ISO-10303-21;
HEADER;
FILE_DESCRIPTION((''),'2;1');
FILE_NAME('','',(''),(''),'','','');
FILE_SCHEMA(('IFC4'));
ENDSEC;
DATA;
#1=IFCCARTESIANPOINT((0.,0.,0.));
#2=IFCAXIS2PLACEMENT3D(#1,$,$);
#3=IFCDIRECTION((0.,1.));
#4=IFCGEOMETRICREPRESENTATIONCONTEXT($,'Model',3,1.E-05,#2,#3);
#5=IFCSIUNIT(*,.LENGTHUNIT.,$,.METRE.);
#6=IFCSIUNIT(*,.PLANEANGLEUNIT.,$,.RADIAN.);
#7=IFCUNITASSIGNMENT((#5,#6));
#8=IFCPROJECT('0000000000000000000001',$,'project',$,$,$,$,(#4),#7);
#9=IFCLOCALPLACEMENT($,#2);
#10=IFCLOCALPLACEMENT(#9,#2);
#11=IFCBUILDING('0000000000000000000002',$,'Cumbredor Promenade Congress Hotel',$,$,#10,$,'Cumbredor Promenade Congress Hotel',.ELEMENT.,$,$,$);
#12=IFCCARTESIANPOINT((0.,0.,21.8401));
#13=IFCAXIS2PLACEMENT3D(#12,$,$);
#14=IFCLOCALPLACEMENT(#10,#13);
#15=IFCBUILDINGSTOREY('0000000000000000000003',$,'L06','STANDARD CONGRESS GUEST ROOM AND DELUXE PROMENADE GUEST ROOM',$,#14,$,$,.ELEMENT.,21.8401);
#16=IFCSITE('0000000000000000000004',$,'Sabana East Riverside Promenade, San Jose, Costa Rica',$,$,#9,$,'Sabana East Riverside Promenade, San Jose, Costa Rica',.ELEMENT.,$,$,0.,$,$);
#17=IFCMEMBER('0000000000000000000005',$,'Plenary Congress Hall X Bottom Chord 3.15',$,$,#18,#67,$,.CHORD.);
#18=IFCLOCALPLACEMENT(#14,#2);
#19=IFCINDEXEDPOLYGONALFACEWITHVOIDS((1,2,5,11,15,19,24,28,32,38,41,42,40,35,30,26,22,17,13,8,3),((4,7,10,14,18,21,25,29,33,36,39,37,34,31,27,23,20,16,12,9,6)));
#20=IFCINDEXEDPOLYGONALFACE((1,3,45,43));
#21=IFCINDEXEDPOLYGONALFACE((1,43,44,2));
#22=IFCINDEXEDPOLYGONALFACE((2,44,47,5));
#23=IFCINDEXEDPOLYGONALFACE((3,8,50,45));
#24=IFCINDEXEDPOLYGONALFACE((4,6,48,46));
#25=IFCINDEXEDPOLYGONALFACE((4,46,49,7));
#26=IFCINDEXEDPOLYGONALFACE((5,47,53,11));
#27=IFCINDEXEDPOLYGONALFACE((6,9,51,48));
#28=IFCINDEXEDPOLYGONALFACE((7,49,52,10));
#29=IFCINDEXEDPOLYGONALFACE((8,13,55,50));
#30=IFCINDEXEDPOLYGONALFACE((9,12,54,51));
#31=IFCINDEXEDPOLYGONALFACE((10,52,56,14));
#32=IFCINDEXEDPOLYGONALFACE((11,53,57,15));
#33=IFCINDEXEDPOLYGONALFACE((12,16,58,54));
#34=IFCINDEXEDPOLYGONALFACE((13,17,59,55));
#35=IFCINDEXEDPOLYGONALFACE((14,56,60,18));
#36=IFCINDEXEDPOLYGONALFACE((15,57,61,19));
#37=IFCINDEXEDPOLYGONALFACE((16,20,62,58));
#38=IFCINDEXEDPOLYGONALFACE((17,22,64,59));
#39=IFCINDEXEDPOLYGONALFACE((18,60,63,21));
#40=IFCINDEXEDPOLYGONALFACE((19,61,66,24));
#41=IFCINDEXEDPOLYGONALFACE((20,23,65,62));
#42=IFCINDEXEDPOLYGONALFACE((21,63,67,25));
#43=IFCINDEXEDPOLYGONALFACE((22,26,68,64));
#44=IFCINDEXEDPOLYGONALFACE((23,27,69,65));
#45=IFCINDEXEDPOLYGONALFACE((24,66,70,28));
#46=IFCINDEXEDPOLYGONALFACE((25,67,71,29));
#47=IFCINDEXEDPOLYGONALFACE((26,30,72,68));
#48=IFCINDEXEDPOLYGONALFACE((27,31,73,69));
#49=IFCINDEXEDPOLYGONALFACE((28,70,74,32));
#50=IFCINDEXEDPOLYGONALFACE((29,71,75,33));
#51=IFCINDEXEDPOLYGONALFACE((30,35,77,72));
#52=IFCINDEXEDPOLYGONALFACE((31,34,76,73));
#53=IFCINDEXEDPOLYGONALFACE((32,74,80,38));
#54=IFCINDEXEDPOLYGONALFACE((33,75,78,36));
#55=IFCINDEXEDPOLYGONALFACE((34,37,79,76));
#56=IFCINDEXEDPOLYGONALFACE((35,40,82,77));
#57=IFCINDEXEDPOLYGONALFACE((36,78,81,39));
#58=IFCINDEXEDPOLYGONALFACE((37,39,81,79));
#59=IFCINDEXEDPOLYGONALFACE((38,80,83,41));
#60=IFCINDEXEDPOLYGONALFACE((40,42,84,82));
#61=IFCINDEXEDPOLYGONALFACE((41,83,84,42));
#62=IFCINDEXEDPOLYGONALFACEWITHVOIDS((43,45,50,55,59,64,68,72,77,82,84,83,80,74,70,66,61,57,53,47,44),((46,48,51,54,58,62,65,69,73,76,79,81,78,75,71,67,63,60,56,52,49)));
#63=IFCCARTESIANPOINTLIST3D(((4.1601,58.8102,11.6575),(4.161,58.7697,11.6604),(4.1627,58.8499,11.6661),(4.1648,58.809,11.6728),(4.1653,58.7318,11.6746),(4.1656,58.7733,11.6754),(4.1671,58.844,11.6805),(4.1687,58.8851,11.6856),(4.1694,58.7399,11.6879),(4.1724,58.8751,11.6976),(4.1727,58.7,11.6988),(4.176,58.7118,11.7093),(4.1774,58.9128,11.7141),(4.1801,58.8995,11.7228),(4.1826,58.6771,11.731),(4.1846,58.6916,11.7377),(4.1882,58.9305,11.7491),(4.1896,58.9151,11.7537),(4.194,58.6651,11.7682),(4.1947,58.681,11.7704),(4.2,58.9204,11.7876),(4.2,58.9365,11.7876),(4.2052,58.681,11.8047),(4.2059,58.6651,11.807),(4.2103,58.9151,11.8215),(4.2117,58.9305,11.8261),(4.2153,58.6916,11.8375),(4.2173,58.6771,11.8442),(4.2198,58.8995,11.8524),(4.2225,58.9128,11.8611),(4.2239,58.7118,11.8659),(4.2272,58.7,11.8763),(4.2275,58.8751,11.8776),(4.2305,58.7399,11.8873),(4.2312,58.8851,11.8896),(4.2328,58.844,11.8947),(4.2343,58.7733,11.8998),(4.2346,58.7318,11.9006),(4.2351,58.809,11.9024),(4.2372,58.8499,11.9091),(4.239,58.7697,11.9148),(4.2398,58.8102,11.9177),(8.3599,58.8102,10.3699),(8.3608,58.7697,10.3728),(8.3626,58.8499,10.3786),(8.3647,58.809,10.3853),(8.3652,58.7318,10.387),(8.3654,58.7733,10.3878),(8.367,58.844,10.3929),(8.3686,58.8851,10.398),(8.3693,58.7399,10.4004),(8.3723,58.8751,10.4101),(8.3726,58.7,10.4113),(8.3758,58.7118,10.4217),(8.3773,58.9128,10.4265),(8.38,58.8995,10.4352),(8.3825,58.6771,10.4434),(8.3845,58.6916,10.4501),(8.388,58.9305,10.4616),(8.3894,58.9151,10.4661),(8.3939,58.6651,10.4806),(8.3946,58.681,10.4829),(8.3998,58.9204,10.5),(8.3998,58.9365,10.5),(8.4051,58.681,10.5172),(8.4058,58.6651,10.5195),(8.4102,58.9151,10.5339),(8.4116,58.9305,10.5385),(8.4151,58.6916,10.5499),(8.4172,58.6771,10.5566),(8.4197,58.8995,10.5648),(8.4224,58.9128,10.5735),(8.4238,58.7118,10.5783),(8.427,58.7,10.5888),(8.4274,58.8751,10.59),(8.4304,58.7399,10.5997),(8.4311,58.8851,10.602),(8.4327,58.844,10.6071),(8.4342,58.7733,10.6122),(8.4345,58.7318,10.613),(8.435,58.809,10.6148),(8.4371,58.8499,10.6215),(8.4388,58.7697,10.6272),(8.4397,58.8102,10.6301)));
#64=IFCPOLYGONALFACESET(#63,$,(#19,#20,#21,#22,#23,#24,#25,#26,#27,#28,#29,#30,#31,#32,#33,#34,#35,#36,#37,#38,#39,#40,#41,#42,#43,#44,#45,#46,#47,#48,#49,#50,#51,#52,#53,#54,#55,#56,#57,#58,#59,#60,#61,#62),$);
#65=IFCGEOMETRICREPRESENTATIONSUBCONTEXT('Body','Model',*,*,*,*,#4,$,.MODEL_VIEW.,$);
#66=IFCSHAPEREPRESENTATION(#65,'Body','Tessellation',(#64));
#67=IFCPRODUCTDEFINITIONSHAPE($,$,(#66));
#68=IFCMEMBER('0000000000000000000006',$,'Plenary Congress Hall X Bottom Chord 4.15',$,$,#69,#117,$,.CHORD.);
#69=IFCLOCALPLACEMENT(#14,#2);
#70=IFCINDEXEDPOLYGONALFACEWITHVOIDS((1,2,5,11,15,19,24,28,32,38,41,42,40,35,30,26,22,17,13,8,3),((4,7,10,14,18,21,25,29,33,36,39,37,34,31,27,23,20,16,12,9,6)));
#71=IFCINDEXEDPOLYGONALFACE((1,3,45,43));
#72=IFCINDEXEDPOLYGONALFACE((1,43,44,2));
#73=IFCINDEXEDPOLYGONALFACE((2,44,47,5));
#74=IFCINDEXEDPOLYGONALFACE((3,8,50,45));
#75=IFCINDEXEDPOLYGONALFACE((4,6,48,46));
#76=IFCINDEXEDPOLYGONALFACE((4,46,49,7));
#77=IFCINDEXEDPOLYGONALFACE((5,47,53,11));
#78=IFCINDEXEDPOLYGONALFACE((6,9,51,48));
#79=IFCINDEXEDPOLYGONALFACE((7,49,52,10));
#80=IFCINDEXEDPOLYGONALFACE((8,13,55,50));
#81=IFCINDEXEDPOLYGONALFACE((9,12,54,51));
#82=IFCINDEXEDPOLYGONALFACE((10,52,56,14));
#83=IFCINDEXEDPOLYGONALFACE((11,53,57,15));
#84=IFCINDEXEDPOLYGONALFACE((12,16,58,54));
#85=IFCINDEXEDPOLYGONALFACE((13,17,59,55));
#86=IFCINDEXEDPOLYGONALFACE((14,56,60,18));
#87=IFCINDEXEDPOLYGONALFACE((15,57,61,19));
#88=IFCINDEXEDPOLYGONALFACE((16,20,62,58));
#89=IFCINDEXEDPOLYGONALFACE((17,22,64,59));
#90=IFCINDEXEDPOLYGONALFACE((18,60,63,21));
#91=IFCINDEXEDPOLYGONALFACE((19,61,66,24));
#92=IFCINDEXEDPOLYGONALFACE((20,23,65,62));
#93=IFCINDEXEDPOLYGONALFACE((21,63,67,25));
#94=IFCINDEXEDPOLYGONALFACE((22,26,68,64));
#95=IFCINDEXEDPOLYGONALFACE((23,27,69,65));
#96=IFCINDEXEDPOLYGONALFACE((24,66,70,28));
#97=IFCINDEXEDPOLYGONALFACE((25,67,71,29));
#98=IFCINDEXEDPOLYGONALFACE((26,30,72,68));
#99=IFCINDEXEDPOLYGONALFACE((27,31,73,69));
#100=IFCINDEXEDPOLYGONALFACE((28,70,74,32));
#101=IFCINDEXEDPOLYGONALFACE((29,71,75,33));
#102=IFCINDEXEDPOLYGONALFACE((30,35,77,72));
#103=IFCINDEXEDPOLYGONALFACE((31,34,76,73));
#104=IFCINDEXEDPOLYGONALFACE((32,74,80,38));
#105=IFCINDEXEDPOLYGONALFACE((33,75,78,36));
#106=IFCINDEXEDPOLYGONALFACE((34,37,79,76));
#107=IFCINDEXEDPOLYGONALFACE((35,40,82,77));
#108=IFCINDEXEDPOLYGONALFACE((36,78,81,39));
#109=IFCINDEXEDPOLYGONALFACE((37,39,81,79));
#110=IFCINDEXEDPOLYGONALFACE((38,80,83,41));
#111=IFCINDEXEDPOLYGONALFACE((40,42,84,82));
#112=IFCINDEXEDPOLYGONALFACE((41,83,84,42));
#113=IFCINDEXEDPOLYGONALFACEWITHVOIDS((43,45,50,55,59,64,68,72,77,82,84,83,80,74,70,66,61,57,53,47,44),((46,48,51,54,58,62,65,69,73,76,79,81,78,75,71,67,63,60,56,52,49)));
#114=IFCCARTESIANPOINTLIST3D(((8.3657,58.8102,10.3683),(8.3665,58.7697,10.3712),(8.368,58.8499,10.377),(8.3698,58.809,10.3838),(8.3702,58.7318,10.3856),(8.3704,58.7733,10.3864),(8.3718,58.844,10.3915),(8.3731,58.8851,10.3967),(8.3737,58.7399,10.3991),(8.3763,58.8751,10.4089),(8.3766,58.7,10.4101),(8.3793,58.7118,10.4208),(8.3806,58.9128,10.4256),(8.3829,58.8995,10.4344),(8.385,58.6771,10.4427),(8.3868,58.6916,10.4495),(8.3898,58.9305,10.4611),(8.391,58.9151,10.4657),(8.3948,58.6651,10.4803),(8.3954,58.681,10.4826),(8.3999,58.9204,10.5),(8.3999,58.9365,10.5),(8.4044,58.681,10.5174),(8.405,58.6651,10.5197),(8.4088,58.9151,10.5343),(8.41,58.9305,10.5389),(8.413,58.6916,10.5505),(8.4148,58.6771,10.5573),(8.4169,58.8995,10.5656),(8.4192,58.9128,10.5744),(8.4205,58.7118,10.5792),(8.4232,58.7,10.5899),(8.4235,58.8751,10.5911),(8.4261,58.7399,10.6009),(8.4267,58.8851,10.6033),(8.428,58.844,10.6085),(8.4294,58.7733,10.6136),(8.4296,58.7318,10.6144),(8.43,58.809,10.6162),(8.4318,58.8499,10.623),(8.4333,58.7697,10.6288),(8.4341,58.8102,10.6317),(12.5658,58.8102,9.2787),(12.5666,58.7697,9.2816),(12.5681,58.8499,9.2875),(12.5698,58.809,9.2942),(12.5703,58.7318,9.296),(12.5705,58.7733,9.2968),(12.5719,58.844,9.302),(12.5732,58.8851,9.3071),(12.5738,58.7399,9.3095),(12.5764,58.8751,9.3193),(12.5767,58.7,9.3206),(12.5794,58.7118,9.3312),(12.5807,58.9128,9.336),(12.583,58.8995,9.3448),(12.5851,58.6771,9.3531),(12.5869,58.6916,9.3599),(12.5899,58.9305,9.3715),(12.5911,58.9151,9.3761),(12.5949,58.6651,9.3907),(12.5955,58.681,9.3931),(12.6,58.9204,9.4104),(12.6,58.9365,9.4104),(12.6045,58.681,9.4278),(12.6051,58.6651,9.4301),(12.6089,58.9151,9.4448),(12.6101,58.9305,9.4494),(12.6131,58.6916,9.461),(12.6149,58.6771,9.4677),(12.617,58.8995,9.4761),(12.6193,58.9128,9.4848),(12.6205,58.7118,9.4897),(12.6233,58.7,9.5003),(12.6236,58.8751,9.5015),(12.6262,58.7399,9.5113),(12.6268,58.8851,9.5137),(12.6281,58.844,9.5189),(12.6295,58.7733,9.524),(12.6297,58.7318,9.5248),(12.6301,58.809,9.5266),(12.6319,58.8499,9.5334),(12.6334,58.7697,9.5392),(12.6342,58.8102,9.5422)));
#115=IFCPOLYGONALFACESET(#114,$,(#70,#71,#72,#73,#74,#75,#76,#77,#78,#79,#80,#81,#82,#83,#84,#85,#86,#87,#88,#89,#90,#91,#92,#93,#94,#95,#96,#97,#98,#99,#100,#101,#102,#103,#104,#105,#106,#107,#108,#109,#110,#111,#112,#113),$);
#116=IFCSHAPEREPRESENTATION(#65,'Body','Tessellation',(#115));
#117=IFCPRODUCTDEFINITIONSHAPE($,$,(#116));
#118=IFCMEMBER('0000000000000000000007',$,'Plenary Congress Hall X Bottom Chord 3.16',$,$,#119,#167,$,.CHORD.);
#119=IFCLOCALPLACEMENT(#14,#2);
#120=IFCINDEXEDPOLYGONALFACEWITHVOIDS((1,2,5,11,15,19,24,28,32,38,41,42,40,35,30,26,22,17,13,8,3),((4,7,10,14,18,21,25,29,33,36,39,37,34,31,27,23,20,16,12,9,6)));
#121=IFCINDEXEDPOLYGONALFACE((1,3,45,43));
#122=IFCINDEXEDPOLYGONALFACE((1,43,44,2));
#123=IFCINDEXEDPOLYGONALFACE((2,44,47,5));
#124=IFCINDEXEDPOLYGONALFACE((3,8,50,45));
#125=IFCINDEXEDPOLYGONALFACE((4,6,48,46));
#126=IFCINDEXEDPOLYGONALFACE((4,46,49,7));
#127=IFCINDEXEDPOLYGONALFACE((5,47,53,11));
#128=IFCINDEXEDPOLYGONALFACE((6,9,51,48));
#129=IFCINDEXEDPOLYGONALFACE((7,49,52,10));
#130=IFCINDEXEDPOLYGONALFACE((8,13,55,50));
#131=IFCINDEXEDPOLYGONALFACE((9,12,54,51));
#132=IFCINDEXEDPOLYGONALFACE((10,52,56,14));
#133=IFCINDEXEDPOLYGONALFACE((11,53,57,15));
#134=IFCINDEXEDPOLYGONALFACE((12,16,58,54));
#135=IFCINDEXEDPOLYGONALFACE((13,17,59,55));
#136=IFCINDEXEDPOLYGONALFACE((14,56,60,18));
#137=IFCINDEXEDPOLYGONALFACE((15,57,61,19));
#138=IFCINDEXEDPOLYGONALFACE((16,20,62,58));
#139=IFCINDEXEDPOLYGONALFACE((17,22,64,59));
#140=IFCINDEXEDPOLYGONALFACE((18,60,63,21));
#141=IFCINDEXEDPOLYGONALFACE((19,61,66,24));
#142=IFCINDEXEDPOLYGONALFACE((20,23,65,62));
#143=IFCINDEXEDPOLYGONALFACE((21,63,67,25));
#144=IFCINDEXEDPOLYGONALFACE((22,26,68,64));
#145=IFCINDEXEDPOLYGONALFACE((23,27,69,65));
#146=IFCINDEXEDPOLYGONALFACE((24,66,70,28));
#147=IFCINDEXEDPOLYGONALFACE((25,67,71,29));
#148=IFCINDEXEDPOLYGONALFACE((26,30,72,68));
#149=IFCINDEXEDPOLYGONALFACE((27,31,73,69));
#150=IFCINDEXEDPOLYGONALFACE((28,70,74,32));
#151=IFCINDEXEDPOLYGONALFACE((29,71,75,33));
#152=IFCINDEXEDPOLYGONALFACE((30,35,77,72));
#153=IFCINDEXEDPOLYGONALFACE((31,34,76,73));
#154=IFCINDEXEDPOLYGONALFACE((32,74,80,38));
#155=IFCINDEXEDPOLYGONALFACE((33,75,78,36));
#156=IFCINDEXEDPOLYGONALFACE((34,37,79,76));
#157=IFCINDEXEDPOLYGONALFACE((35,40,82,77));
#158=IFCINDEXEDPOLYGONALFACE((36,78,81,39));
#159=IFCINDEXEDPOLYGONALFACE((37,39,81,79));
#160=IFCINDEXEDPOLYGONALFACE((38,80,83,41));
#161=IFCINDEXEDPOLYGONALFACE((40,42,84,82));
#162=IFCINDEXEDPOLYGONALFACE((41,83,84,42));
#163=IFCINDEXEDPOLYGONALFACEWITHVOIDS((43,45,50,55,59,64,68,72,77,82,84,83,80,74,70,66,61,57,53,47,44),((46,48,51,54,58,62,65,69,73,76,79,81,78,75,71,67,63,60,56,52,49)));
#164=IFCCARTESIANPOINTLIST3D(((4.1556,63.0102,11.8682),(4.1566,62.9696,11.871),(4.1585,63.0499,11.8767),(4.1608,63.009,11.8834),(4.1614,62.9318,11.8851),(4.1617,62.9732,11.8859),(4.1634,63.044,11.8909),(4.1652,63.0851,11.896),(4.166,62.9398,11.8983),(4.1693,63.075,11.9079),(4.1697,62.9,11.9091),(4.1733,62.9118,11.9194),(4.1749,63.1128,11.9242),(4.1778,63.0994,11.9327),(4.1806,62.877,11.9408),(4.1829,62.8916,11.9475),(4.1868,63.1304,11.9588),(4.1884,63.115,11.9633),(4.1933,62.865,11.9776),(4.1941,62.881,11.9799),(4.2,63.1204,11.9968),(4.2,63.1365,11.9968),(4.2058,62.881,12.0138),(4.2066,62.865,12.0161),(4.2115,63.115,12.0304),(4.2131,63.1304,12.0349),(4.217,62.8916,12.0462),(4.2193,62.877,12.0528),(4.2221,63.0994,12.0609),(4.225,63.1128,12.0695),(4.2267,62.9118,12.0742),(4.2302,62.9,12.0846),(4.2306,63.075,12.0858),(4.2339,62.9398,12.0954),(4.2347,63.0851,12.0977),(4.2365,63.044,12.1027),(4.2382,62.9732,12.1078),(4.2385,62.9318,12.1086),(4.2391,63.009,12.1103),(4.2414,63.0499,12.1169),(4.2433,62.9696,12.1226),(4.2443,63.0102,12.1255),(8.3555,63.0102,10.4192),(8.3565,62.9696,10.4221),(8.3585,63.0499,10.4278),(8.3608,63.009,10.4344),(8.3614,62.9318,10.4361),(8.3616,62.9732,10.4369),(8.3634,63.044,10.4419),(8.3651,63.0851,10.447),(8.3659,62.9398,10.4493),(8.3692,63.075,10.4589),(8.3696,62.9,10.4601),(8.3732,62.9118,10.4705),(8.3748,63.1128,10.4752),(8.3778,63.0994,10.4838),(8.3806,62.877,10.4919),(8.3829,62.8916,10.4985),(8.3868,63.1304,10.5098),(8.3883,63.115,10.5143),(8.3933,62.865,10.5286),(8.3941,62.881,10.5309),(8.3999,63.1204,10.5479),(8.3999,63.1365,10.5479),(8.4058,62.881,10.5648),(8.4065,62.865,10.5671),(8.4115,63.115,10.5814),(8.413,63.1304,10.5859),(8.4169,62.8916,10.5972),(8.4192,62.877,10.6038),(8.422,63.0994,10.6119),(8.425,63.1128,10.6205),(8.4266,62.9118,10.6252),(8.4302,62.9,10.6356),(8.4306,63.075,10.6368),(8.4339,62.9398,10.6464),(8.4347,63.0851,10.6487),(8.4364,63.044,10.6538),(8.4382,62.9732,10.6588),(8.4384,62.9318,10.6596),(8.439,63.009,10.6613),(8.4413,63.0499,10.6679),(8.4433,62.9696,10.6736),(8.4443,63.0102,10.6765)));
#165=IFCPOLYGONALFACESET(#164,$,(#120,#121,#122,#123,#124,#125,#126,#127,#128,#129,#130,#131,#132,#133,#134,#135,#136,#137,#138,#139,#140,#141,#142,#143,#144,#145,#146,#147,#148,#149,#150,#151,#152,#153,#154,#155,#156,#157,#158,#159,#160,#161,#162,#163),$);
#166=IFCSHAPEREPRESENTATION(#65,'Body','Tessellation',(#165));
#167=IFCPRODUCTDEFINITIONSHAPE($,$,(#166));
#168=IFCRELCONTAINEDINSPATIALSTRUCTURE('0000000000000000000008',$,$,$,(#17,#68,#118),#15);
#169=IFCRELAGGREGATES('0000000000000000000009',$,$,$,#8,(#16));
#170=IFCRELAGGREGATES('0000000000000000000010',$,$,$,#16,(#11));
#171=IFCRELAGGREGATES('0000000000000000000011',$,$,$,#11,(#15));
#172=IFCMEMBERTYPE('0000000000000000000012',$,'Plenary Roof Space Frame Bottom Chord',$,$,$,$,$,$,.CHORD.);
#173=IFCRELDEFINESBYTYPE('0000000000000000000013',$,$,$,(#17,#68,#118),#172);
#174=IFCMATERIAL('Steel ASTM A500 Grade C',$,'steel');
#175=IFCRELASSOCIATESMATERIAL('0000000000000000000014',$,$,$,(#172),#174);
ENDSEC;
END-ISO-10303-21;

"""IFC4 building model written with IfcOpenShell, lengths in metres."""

from ifc_helpers import new_model, si_unit, direction, frame, origin, origin_2d, place, context, subcontext, project, spatial, hollow_circle, extrude, material, material_profile, profile_set, type_object, element, save


model = new_model("IFC4")

# Units and contexts
model_context = context("Model", 3, precision=1e-05, world=origin(), true_north=direction((0.0, 1.0)))
body_context = subcontext(model_context, "Body", "Model", "MODEL_VIEW")
ifc_project = project(units=[si_unit("LENGTHUNIT", "METRE"), si_unit("PLANEANGLEUNIT", "RADIAN")], contexts=[model_context])

# Site, building, storey
site_placement = place(None, origin())
site = spatial("IfcSite", under=ifc_project, at=site_placement, Name="Sabana East Riverside Promenade, San Jose, Costa Rica", LongName="Sabana East Riverside Promenade, San Jose, Costa Rica", CompositionType="ELEMENT", RefElevation=0.0)
building_placement = place(site_placement, origin())
building = spatial("IfcBuilding", under=site, at=building_placement, Name="Cumbredor Promenade Congress Hotel", LongName="Cumbredor Promenade Congress Hotel", CompositionType="ELEMENT")
storey_placement = place(building_placement, frame((0.0, 0.0, 21.8401)))
storey = spatial("IfcBuildingStorey", under=building, at=storey_placement, Name="L06", Description="STANDARD CONGRESS GUEST ROOM AND DELUXE PROMENADE GUEST ROOM", CompositionType="ELEMENT", Elevation=21.8401)

# Members
ifc_material_1 = material(Name="Steel ASTM A500 Grade C", Category="steel")
ifc_material_profile_1 = material_profile(ifc_material_1, hollow_circle(Radius=0.1365, WallThickness=0.0161, at=origin_2d()), Name="CHS 273.0x16")
ifc_profile_set_1 = profile_set([ifc_material_profile_1], Name="Steel ASTM A500 Grade C")
member_type_1 = type_object("IfcMemberType", Name="Plenary Roof Space Frame Bottom Chord", PredefinedType="CHORD", material=ifc_profile_set_1)
member_1_placement = place(storey_placement, frame((4.2, 58.8, 11.7876), z_axis=(0.956079, 0.0, -0.293109), x_axis=(0.0, 1.0, 0.0)))
element("IfcMember", 1, at=member_1_placement, inside=storey, type_object=member_type_1, Name="Plenary Congress Hall X Bottom Chord 3.15", PredefinedType="CHORD", context=body_context, shape_type="SweptSolid", body=[
    extrude(hollow_circle(Radius=0.1365, WallThickness=0.0161, at=origin_2d()), origin(), (0.0, 0.0, 1.0), 4.3928),
])
member_2_placement = place(storey_placement, frame((8.3999, 58.8, 10.5), z_axis=(0.96796, 0.0, -0.251105), x_axis=(0.0, 1.0, 0.0)))
element("IfcMember", 2, at=member_2_placement, inside=storey, type_object=member_type_1, Name="Plenary Congress Hall X Bottom Chord 4.15", PredefinedType="CHORD", context=body_context, shape_type="SweptSolid", body=[
    extrude(hollow_circle(Radius=0.1365, WallThickness=0.0161, at=origin_2d()), origin(), (0.0, 0.0, 1.0), 4.3391),
])
member_3_placement = place(storey_placement, frame((4.2, 63.0, 11.9968), z_axis=(0.945323, 0.0, -0.326135), x_axis=(0.0, 1.0, 0.0)))
element("IfcMember", 3, at=member_3_placement, inside=storey, type_object=member_type_1, Name="Plenary Congress Hall X Bottom Chord 3.16", PredefinedType="CHORD", context=body_context, shape_type="SweptSolid", body=[
    extrude(hollow_circle(Radius=0.1365, WallThickness=0.0161, at=origin_2d()), origin(), (0.0, 0.0, 1.0), 4.4429),
])

save(model, "model.ifc")
